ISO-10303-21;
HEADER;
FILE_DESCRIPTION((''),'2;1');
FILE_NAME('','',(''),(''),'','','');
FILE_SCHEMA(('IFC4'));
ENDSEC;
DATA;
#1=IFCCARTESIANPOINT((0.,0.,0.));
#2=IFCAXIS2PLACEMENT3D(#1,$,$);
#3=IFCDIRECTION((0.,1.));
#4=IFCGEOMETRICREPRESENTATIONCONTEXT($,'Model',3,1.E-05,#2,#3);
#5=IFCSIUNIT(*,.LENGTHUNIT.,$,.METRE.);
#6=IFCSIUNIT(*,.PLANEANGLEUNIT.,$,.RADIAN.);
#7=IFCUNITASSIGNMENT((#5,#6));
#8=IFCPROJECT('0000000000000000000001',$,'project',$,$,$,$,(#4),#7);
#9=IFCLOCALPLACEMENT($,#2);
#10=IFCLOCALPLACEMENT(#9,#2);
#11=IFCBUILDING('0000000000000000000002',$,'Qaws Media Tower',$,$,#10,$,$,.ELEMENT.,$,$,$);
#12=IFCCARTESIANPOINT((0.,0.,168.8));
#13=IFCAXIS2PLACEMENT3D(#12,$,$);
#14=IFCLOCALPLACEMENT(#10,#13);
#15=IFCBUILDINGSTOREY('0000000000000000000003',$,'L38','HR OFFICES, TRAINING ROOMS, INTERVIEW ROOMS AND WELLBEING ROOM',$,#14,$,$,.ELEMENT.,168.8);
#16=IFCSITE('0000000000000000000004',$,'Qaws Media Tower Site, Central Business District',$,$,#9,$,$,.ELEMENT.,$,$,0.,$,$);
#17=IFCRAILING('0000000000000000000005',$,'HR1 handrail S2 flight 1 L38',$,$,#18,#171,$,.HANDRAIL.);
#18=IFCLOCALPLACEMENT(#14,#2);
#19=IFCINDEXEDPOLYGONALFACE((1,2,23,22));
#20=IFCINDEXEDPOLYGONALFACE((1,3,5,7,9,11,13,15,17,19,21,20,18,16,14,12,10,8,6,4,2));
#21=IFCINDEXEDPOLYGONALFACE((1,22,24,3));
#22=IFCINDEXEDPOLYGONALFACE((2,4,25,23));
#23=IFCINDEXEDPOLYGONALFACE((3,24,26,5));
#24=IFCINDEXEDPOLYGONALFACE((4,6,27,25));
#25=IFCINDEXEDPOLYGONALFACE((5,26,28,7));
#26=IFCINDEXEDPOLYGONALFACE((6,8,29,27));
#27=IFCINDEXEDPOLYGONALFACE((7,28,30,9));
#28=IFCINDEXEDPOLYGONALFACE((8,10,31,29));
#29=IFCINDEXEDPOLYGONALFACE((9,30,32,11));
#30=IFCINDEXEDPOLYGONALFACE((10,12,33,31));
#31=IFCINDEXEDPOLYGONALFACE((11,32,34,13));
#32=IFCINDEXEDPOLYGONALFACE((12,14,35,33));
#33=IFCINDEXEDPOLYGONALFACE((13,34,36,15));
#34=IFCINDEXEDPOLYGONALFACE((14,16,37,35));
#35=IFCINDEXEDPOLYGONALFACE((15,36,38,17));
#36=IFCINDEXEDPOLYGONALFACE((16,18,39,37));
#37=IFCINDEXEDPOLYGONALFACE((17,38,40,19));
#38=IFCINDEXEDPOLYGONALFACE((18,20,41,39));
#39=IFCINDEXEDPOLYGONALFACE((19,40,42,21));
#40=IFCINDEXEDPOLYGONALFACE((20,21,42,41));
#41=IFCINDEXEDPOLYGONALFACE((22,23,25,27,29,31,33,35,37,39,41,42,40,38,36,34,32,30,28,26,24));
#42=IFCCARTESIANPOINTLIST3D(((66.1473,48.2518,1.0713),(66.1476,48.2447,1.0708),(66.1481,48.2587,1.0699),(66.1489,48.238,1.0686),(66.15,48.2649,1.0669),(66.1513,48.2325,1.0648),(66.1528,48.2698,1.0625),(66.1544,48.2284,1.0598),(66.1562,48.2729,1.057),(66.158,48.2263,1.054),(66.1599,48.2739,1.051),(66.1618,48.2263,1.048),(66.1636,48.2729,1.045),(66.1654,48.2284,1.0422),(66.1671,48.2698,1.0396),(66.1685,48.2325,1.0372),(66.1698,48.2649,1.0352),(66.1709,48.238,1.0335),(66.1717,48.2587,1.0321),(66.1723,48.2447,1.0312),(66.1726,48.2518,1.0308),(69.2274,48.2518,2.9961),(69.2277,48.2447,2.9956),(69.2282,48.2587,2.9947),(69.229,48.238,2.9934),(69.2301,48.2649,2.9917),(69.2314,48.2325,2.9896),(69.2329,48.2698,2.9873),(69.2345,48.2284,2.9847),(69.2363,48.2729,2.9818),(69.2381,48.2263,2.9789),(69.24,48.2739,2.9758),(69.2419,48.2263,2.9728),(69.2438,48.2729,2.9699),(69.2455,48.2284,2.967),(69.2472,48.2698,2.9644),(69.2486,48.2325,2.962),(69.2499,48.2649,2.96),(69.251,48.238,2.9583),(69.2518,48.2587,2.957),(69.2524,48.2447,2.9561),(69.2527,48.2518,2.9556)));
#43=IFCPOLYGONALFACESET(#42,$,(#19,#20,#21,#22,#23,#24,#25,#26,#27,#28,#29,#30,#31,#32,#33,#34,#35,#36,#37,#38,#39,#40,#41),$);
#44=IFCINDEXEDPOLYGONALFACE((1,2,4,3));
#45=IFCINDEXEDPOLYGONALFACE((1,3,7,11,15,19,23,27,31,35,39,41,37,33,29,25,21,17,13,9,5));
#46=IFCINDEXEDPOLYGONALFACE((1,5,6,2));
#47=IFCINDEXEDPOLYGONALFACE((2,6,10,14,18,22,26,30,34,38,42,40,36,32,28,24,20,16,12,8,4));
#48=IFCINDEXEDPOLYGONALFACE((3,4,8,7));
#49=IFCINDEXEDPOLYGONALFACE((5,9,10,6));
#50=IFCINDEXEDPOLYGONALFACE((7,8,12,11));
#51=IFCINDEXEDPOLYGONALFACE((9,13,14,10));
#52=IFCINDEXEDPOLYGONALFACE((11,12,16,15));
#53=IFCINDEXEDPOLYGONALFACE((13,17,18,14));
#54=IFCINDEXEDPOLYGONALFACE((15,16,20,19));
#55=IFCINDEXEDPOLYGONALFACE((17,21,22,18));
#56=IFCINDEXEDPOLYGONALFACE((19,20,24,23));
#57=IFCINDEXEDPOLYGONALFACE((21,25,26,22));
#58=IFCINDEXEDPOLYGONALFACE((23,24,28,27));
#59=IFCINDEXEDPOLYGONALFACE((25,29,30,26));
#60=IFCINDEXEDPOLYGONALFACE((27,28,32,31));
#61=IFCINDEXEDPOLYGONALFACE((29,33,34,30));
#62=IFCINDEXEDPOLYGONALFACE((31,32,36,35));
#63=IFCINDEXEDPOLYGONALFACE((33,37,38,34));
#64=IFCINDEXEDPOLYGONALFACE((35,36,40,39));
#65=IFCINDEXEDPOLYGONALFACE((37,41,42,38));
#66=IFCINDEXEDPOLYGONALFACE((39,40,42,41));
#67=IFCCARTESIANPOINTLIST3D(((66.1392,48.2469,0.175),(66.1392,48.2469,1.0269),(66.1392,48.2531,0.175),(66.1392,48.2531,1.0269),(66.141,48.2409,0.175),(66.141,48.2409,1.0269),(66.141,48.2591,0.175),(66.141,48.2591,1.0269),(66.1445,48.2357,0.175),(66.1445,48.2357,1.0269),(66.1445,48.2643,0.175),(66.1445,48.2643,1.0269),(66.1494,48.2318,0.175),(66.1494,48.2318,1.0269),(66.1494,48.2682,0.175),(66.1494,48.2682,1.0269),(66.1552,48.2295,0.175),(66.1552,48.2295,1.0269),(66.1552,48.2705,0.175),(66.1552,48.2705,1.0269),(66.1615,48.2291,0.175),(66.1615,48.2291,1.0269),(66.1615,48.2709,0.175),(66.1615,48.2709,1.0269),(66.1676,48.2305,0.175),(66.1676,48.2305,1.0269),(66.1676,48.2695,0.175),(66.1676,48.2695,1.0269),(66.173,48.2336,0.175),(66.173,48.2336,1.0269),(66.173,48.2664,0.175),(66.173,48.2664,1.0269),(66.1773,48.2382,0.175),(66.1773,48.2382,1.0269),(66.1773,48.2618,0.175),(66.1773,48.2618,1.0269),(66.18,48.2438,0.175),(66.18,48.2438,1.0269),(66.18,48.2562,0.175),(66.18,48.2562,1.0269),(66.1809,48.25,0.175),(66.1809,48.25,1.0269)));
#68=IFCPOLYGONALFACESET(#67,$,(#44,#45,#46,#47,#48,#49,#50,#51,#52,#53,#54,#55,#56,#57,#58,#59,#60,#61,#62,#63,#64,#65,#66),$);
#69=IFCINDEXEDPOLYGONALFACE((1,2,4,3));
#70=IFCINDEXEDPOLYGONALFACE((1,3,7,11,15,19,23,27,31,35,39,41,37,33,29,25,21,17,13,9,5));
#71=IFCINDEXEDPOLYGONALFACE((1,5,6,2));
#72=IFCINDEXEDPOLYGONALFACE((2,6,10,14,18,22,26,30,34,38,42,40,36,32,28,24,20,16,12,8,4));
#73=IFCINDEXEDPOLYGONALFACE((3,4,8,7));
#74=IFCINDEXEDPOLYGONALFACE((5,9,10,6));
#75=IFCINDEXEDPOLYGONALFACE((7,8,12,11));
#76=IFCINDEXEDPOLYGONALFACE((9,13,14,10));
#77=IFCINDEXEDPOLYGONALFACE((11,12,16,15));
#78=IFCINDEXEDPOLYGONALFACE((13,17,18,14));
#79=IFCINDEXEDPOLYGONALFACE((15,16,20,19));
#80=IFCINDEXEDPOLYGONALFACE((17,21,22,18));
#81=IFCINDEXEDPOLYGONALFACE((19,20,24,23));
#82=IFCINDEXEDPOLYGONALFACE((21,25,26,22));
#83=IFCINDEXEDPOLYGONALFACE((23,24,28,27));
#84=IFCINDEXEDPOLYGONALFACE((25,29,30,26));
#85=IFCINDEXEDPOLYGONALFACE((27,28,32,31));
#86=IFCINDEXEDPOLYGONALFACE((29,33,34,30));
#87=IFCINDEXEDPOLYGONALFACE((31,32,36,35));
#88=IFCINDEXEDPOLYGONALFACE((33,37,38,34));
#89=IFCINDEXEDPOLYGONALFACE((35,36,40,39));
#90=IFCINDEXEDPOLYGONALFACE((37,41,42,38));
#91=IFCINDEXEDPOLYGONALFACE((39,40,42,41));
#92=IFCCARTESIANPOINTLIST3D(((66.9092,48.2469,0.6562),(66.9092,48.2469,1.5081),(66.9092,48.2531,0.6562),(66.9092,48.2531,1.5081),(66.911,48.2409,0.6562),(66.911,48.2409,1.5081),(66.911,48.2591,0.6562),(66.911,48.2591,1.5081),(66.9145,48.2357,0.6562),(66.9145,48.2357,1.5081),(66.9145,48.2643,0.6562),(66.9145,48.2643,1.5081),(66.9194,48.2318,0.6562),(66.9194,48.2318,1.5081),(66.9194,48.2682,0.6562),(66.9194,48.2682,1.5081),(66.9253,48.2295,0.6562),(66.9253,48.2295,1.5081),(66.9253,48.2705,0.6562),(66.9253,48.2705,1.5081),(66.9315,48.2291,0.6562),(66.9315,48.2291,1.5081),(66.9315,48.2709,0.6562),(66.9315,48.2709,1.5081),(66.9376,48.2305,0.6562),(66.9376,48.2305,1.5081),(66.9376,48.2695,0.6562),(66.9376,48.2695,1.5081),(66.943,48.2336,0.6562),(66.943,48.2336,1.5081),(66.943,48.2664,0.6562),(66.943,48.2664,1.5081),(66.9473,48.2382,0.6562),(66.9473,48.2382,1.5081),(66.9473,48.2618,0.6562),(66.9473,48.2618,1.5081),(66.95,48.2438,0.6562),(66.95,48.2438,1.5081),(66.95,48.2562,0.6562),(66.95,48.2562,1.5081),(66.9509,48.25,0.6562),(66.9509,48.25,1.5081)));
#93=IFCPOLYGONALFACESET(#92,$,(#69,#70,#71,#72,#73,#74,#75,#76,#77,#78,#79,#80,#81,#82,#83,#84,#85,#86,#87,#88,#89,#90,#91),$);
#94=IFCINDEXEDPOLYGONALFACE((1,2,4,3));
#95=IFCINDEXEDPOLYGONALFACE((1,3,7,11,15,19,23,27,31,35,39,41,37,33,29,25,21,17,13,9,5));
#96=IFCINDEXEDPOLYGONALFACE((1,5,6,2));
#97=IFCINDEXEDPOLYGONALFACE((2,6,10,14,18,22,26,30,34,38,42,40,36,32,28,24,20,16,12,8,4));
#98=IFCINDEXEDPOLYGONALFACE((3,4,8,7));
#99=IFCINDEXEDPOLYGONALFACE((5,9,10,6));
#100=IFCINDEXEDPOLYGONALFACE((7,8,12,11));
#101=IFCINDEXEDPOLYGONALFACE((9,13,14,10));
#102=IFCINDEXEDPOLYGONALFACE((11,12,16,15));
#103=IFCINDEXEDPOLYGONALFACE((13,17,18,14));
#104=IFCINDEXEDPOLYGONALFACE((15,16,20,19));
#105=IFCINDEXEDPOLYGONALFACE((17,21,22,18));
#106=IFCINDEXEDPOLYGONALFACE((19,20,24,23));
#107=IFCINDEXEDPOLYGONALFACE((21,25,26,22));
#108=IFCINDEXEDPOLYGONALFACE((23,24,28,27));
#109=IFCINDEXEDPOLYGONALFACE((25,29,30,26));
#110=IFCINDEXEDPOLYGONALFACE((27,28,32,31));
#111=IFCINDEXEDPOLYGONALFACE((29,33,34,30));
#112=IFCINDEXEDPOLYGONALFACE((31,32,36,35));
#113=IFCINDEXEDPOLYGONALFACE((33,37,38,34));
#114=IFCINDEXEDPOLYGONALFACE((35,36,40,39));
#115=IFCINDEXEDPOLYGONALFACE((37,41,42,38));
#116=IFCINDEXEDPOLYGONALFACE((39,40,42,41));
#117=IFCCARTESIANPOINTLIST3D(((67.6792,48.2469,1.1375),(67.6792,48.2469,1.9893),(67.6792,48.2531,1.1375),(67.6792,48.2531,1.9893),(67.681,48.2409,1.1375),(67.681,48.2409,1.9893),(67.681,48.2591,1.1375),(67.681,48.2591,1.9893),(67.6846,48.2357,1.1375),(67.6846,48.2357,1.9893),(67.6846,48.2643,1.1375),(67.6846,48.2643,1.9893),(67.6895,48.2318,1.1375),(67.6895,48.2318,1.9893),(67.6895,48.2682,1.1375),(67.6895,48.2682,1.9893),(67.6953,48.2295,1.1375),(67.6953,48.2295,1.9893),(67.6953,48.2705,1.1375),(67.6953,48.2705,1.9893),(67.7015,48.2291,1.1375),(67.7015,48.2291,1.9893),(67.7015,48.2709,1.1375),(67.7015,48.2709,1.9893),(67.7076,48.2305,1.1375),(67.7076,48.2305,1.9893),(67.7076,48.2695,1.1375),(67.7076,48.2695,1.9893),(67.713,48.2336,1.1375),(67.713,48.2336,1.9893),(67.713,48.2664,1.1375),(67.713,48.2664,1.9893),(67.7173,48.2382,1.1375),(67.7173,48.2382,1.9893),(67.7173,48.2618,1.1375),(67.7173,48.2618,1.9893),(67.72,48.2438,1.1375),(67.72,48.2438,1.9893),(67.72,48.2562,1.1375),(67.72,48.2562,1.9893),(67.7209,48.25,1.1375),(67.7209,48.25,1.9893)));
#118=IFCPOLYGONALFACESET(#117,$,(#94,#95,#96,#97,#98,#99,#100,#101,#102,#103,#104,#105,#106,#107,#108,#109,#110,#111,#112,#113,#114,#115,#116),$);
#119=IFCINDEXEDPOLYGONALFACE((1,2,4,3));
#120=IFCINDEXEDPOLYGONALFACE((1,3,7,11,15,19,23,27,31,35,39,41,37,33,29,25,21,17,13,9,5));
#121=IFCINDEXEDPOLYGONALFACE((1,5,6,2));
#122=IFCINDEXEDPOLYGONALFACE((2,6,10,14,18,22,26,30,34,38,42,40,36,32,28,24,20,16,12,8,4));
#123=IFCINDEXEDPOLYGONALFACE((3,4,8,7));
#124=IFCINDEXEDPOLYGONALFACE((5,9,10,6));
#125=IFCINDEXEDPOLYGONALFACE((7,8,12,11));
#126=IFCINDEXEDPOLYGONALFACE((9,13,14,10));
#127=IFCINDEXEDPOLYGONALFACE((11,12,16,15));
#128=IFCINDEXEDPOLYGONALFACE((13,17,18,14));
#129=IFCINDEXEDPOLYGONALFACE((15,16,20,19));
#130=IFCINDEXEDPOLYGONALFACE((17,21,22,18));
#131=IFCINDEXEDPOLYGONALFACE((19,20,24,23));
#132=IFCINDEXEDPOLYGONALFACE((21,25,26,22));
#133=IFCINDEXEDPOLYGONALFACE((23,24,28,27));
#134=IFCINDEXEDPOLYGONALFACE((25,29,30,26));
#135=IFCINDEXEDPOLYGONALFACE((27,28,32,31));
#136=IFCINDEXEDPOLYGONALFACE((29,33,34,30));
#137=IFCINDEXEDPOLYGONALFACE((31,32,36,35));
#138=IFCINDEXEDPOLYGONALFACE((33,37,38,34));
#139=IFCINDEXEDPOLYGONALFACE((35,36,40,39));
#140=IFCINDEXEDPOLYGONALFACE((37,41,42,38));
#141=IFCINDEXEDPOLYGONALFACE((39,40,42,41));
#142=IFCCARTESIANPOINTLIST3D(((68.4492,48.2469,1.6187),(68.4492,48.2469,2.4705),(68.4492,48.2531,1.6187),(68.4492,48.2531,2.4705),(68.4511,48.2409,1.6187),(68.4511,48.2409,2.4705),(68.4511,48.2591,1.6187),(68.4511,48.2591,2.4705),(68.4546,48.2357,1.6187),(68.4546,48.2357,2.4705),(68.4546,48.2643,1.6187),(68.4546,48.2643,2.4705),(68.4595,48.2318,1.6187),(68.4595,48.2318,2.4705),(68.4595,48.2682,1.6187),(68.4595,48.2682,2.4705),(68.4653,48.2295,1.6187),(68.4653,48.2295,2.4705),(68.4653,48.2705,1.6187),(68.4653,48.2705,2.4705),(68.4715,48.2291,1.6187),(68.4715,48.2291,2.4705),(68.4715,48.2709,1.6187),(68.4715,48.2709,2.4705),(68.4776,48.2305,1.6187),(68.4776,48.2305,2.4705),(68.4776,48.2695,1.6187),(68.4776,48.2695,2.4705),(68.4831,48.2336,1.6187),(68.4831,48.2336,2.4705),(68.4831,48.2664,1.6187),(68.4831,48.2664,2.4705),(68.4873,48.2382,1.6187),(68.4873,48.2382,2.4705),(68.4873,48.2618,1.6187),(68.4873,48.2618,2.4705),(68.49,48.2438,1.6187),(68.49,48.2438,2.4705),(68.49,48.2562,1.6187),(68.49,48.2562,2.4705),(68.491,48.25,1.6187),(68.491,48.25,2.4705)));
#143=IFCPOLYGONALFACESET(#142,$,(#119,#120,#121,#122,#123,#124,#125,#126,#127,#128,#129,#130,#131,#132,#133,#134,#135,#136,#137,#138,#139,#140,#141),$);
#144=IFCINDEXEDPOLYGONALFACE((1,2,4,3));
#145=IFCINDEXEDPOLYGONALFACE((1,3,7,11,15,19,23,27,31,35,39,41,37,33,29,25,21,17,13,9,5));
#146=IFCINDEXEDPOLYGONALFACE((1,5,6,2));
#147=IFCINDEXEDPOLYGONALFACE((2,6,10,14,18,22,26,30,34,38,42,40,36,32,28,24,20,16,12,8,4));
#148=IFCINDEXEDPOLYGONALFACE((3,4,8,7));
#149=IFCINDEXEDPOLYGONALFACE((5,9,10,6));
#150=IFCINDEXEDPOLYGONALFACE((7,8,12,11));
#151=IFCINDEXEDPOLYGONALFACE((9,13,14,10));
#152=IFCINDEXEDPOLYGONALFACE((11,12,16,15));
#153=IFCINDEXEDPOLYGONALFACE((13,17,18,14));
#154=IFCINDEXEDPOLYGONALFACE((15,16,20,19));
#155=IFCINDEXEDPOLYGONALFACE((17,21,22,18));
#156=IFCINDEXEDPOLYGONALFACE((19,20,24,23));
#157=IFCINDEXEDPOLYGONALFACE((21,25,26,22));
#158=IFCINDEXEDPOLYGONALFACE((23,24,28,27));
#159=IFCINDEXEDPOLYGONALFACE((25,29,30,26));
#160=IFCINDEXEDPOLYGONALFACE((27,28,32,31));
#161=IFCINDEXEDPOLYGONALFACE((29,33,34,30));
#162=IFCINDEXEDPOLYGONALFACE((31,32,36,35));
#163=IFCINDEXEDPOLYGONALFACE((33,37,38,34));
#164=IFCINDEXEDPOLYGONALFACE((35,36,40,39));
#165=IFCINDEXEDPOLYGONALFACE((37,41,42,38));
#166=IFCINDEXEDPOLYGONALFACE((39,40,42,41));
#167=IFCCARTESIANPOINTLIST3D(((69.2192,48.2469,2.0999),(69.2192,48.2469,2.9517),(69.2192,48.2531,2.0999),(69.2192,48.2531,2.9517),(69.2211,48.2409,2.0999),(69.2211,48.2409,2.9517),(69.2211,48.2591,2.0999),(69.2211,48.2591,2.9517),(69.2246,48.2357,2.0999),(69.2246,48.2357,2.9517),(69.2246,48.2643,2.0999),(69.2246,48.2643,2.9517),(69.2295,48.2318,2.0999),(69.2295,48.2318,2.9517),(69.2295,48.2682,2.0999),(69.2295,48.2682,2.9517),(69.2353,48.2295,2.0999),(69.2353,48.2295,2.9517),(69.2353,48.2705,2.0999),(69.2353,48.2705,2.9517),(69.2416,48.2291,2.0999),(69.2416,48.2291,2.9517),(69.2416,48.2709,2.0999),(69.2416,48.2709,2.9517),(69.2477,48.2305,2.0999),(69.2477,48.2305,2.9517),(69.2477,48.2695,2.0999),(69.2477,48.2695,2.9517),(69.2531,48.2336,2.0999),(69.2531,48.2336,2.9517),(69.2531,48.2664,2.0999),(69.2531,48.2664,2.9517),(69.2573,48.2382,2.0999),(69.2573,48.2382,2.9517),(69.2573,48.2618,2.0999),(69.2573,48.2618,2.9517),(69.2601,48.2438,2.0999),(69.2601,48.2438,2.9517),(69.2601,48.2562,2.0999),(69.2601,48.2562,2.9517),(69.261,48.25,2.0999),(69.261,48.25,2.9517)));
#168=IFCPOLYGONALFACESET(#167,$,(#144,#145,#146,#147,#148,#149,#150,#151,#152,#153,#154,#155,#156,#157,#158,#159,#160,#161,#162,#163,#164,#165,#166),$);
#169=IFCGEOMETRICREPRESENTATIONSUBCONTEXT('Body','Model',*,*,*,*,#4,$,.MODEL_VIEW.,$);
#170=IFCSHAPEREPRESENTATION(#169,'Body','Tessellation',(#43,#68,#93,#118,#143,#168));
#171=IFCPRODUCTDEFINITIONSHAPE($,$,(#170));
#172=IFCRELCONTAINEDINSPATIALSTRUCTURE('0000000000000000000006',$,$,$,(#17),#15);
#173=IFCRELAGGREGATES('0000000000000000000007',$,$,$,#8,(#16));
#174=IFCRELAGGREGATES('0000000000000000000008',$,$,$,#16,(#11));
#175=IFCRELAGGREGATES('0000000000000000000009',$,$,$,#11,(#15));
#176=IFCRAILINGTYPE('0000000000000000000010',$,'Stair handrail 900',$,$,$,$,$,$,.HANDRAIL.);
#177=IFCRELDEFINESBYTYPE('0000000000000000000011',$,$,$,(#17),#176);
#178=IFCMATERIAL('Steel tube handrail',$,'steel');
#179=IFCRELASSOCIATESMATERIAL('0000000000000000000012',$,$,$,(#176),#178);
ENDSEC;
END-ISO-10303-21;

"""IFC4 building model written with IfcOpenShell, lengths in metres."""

from ifc_helpers import new_model, si_unit, direction, frame, origin, origin_2d, place, context, subcontext, project, spatial, circle, extrude, material, type_object, element, save


model = new_model("IFC4")

# Units and contexts
model_context = context("Model", 3, precision=1e-05, world=origin(), true_north=direction((0.0, 1.0)))
body_context = subcontext(model_context, "Body", "Model", "MODEL_VIEW")
ifc_project = project(units=[si_unit("LENGTHUNIT", "METRE"), si_unit("PLANEANGLEUNIT", "RADIAN")], contexts=[model_context])

# Site, building, storey
site_placement = place(None, origin())
site = spatial("IfcSite", under=ifc_project, at=site_placement, Name="Qaws Media Tower Site, Central Business District", CompositionType="ELEMENT", RefElevation=0.0)
building_placement = place(site_placement, origin())
building = spatial("IfcBuilding", under=site, at=building_placement, Name="Qaws Media Tower", CompositionType="ELEMENT")
storey_placement = place(building_placement, frame((0.0, 0.0, 168.8)))
storey = spatial("IfcBuildingStorey", under=building, at=storey_placement, Name="L38", Description="HR OFFICES, TRAINING ROOMS, INTERVIEW ROOMS AND WELLBEING ROOM", CompositionType="ELEMENT", Elevation=168.8)

# Railing
ifc_material_1 = material(Name="Steel tube handrail", Category="steel")
railing_type = type_object("IfcRailingType", Name="Stair handrail 900", PredefinedType="HANDRAIL", material=ifc_material_1)
railing_placement = place(storey_placement, frame((66.1599, 48.25, 0.175)))
element("IfcRailing", 1, at=railing_placement, inside=storey, type_object=railing_type, Name="HR1 handrail S2 flight 1 L38", PredefinedType="HANDRAIL", context=body_context, shape_type="SweptSolid", body=[
    extrude(circle(Radius=0.0239, at=origin_2d()), frame((0.0, 0.0, 0.876), z_axis=(0.848029, 0.0, 0.529951), x_axis=(0.0, 1.0, 0.0)), (0.0, 0.0, 1.0), 3.6321),
    extrude(circle(Radius=0.021, at=origin_2d()), origin(), (0.0, 0.0, 1.0), 0.8518),
    extrude(circle(Radius=0.021, at=origin_2d()), frame((0.77, 0.0, 0.4812)), (0.0, 0.0, 1.0), 0.8518),
    extrude(circle(Radius=0.021, at=origin_2d()), frame((1.54, 0.0, 0.9624)), (0.0, 0.0, 1.0), 0.8518),
    extrude(circle(Radius=0.021, at=origin_2d()), frame((2.3101, 0.0, 1.4436)), (0.0, 0.0, 1.0), 0.8518),
    extrude(circle(Radius=0.021, at=origin_2d()), frame((3.0801, 0.0, 1.9248)), (0.0, 0.0, 1.0), 0.8518),
])

save(model, "model.ifc")
